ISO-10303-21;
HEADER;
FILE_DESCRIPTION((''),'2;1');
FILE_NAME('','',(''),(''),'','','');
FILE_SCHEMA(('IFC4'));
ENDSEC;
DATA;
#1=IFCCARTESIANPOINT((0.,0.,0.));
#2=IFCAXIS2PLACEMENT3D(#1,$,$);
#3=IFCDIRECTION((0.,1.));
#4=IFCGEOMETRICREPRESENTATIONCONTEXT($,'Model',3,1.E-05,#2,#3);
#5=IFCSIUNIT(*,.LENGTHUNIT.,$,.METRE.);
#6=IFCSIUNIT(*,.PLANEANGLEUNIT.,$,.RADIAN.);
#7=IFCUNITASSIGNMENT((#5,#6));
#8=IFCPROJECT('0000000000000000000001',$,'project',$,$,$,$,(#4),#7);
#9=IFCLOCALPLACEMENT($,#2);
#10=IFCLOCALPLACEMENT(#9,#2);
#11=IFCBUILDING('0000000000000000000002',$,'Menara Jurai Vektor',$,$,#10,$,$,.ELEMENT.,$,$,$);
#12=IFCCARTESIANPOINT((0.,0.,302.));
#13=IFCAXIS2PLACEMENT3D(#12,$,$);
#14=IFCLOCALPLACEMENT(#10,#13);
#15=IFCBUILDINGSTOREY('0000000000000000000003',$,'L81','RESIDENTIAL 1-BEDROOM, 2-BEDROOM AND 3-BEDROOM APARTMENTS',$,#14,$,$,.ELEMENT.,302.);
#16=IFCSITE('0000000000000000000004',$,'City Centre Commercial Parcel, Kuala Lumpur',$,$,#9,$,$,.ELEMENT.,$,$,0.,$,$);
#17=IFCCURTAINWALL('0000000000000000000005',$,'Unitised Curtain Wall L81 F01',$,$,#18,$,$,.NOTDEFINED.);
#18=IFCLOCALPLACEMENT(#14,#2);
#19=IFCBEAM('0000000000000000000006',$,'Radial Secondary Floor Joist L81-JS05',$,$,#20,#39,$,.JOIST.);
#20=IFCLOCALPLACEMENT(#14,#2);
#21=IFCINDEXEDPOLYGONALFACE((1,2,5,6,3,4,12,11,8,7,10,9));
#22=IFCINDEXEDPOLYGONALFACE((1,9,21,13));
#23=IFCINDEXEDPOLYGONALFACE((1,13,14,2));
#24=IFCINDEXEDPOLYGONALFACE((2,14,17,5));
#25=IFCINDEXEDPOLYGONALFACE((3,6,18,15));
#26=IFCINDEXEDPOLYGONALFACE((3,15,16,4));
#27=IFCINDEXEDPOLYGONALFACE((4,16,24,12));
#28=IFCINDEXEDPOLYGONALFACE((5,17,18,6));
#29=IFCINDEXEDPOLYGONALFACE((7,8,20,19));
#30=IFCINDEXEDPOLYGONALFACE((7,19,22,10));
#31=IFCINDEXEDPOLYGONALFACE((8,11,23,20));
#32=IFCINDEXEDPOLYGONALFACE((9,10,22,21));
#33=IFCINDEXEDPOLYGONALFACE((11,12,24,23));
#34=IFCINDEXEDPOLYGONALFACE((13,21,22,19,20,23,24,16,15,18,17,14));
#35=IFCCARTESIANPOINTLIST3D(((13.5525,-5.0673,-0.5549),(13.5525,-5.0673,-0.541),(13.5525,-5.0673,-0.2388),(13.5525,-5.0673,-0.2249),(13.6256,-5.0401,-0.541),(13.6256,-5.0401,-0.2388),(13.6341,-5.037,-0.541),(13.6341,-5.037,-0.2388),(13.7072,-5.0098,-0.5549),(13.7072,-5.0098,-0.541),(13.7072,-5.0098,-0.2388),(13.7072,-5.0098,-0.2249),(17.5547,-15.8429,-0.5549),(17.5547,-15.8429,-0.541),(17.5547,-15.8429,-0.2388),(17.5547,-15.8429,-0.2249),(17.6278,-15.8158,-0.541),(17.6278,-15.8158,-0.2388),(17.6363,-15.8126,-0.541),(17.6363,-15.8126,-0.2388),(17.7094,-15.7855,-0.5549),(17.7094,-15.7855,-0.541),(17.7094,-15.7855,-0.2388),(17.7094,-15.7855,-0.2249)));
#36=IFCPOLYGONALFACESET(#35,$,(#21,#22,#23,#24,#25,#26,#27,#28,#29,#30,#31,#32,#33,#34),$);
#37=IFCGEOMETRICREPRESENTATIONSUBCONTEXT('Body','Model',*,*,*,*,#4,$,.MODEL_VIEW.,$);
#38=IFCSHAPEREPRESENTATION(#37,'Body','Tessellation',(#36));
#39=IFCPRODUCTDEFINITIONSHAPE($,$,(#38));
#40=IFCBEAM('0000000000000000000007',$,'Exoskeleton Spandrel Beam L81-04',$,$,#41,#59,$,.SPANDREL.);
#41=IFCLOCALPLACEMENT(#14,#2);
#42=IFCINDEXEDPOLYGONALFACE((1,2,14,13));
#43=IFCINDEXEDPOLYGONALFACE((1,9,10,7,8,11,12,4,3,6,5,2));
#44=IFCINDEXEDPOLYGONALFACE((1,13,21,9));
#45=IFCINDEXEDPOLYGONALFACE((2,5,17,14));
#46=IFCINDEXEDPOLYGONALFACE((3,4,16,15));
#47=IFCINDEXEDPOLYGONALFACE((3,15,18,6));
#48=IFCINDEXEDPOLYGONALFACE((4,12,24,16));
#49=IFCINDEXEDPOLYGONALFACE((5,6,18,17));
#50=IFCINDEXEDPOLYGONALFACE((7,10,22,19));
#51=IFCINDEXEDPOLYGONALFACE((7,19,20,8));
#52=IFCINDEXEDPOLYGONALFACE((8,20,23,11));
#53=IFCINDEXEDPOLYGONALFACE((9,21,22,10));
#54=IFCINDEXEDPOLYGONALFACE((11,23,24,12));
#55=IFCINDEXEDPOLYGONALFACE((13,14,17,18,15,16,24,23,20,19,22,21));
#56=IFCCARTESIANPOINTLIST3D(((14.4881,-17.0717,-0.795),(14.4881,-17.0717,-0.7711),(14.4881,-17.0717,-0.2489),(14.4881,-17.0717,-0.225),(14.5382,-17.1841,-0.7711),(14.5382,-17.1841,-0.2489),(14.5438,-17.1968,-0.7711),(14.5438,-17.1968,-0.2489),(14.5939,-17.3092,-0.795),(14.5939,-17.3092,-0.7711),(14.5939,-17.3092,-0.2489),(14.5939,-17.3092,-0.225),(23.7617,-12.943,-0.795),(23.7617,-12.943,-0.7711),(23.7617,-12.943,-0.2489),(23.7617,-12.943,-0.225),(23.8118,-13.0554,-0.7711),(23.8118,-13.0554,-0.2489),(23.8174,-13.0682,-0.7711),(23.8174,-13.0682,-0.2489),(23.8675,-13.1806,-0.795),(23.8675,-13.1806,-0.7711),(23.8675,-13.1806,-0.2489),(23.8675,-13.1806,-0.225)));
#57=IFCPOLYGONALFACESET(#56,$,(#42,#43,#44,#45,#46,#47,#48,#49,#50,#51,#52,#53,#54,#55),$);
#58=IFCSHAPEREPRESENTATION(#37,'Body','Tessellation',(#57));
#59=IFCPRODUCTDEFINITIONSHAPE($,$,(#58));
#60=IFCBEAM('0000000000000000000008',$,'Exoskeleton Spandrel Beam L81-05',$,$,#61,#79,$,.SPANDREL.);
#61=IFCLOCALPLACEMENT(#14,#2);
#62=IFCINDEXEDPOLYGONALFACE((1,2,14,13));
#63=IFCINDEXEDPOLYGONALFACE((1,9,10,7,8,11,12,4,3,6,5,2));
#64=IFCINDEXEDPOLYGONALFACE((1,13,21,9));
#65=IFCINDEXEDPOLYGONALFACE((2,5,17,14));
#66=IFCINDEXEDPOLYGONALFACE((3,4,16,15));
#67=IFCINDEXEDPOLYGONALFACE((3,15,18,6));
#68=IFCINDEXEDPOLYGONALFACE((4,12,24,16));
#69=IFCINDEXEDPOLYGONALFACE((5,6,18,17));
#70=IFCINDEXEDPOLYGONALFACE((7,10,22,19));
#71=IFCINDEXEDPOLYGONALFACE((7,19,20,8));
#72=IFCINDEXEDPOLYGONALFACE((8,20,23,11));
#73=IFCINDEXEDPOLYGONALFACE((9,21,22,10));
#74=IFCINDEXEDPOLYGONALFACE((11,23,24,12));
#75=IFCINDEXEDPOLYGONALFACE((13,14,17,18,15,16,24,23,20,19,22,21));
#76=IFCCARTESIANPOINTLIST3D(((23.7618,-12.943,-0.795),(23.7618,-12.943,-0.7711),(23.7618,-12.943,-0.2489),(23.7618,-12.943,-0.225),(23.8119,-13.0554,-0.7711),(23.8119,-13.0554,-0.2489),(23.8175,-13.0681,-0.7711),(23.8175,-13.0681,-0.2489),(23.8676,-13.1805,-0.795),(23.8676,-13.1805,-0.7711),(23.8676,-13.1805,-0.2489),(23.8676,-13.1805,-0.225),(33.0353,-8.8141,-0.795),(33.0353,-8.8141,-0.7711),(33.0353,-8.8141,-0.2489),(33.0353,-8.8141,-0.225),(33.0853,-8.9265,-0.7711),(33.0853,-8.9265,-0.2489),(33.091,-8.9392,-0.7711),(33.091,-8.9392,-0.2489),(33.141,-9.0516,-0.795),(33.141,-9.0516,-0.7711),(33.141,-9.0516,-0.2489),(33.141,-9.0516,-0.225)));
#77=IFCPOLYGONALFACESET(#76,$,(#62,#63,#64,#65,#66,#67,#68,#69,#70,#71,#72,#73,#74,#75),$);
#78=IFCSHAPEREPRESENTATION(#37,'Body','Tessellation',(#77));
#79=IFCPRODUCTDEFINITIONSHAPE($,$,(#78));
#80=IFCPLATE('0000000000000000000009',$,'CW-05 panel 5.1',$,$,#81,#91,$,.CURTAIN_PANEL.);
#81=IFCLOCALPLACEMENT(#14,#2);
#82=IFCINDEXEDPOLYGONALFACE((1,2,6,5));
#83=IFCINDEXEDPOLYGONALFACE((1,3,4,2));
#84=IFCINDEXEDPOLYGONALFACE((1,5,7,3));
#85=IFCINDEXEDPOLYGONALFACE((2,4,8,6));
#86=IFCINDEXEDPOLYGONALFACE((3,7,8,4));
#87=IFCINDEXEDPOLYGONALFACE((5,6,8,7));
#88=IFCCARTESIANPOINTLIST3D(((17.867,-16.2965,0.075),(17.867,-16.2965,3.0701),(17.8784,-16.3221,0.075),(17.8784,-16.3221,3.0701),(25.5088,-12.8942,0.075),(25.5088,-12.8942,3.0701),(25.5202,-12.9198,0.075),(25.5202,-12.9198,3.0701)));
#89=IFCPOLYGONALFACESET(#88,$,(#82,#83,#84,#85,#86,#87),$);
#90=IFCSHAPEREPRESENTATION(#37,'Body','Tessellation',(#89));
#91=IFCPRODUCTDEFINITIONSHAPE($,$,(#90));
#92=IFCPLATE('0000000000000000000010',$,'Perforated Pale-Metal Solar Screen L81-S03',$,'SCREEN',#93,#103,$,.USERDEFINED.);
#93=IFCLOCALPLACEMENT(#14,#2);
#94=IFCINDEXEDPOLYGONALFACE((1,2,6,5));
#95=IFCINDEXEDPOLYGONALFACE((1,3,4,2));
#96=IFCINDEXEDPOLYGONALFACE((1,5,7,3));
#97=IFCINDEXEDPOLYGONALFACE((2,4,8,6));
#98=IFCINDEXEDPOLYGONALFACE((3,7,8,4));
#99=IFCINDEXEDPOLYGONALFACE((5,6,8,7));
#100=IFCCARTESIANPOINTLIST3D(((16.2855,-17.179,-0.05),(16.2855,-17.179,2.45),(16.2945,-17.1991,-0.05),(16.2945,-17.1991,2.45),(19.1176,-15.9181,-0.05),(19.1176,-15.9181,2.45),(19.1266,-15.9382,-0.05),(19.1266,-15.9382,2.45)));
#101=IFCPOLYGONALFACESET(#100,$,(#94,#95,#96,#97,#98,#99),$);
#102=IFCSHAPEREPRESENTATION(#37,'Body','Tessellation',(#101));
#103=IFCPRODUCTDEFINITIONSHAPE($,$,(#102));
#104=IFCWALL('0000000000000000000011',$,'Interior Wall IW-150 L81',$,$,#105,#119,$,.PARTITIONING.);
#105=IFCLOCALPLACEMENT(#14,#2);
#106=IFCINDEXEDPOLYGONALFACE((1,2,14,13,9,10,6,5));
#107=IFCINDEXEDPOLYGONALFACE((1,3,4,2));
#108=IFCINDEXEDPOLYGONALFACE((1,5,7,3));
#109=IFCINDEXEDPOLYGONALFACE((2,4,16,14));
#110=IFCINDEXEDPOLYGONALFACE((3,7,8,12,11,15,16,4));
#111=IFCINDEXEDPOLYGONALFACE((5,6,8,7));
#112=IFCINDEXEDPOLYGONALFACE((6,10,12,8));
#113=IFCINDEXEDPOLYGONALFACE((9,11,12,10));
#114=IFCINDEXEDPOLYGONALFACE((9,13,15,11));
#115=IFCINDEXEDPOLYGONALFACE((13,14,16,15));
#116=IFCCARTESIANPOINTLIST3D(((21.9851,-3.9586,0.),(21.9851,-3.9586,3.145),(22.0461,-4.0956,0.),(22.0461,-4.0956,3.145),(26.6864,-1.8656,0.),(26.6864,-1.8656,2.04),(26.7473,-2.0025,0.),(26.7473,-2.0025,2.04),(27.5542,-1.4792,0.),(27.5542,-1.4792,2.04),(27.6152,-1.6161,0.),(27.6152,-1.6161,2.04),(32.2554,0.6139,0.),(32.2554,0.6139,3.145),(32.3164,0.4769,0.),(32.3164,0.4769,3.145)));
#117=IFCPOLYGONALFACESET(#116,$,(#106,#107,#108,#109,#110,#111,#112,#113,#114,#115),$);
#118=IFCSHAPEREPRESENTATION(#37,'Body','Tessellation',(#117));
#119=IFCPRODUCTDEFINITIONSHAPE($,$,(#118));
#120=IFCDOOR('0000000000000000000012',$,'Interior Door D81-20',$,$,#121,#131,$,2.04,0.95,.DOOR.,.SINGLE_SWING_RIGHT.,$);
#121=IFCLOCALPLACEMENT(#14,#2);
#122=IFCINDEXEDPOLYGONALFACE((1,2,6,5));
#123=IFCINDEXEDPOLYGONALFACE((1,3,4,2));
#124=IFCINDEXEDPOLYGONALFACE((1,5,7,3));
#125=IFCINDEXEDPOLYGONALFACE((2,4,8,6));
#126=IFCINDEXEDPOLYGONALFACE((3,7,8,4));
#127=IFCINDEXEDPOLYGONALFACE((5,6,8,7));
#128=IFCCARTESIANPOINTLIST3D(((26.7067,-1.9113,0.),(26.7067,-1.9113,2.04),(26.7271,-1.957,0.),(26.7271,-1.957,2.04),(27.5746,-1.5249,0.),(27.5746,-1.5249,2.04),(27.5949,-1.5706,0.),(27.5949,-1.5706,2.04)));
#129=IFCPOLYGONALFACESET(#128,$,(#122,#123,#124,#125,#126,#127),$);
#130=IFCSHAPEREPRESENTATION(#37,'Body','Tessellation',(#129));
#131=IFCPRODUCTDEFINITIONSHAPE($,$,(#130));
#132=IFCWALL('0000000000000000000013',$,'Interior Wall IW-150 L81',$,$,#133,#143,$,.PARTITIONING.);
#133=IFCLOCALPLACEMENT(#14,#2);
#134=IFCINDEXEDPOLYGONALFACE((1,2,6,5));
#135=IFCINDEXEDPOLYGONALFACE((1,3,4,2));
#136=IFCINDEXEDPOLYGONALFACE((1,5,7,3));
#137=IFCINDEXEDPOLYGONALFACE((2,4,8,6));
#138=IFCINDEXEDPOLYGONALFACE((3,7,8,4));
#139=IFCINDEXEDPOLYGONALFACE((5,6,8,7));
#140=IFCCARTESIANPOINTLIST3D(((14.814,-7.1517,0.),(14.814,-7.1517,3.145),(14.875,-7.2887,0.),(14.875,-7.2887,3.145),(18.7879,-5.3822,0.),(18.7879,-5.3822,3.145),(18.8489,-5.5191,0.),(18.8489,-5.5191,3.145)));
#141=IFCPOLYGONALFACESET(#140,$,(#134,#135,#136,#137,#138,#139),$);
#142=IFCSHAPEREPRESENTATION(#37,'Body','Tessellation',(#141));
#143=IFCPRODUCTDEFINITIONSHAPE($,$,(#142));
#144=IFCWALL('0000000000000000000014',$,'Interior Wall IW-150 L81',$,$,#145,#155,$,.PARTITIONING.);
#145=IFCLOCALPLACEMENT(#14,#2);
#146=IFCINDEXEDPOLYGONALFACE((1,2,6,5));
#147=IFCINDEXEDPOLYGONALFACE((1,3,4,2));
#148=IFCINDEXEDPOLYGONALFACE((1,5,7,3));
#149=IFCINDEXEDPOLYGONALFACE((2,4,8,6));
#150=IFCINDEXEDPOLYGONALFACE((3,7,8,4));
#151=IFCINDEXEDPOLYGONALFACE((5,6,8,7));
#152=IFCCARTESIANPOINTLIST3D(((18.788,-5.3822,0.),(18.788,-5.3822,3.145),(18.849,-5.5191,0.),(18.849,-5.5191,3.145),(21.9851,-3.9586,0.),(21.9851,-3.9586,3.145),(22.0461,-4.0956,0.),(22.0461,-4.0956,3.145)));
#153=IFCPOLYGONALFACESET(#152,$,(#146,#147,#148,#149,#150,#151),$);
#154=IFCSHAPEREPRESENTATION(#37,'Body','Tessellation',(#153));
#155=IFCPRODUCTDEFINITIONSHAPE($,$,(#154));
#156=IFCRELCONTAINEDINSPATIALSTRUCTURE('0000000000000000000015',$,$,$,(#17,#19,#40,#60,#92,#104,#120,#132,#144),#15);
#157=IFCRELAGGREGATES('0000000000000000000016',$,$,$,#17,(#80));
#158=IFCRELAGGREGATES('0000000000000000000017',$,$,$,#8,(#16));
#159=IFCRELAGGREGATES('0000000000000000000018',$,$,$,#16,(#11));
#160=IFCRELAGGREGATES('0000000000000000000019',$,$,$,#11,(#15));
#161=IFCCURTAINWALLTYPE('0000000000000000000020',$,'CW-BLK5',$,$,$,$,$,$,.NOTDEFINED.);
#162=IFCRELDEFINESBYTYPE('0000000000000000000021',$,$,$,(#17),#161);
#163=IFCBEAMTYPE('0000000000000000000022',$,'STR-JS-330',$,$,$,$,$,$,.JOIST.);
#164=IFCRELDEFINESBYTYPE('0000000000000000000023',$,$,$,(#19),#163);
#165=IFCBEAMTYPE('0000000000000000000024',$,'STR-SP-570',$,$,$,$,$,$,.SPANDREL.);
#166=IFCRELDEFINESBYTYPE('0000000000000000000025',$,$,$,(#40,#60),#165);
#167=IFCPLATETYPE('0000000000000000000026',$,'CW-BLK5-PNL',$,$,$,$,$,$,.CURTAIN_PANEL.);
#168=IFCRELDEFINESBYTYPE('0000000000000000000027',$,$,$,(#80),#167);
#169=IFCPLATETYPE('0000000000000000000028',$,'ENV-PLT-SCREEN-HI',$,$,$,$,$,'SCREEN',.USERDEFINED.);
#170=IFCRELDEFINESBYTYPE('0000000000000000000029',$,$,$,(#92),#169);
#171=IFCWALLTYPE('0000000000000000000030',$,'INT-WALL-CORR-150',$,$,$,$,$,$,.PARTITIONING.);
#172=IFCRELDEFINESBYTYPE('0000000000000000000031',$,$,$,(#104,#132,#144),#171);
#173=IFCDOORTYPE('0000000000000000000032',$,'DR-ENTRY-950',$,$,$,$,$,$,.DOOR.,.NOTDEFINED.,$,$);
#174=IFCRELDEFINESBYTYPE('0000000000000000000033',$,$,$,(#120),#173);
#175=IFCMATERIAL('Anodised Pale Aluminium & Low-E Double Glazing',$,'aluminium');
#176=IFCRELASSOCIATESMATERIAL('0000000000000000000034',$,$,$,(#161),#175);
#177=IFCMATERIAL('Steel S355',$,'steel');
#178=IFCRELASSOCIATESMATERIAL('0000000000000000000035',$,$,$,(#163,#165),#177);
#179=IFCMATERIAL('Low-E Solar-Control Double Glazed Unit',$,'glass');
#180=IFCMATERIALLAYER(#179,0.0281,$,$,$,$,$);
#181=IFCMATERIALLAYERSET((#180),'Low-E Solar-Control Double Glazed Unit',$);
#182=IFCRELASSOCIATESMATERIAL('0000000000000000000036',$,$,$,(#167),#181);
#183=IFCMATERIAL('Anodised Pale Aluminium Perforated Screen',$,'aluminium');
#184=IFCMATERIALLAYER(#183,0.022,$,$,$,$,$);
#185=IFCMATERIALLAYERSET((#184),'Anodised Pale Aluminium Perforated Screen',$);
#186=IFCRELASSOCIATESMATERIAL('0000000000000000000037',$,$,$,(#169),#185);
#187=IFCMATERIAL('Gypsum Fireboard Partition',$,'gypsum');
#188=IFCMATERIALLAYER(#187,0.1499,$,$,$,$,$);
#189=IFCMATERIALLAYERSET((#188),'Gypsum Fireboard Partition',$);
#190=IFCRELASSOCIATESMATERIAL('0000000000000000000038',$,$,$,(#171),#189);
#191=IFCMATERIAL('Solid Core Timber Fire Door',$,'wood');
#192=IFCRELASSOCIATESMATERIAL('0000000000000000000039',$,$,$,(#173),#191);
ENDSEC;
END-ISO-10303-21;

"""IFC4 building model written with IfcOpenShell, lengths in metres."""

from ifc_helpers import new_model, si_unit, direction, frame, frame_2d, origin, origin_2d, place, context, subcontext, project, spatial, rectangle, i_section, extrude, material, layer, layer_set, material_profile, profile_set, type_object, element, fill, aggregate, save


model = new_model("IFC4")

# Units and contexts
model_context = context("Model", 3, precision=1e-05, world=origin(), true_north=direction((0.0, 1.0)))
body_context = subcontext(model_context, "Body", "Model", "MODEL_VIEW")
ifc_project = project(units=[si_unit("LENGTHUNIT", "METRE"), si_unit("PLANEANGLEUNIT", "RADIAN")], contexts=[model_context])

# Site, building, storey
site_placement = place(None, origin())
site = spatial("IfcSite", under=ifc_project, at=site_placement, Name="City Centre Commercial Parcel, Kuala Lumpur", CompositionType="ELEMENT", RefElevation=0.0)
building_placement = place(site_placement, origin())
building = spatial("IfcBuilding", under=site, at=building_placement, Name="Menara Jurai Vektor", CompositionType="ELEMENT")
storey_placement = place(building_placement, frame((0.0, 0.0, 302.0)))
storey = spatial("IfcBuildingStorey", under=building, at=storey_placement, Name="L81", Description="RESIDENTIAL 1-BEDROOM, 2-BEDROOM AND 3-BEDROOM APARTMENTS", CompositionType="ELEMENT", Elevation=302.0)

# Curtain wall
ifc_material_1 = material(Name="Anodised Pale Aluminium & Low-E Double Glazing", Category="aluminium")
curtain_wall_type = type_object("IfcCurtainWallType", Name="CW-BLK5", PredefinedType="NOTDEFINED", material=ifc_material_1)
curtain_wall_placement = place(storey_placement, origin())
curtain_wall = element("IfcCurtainWall", 1, at=curtain_wall_placement, inside=storey, type_object=curtain_wall_type, Name="Unitised Curtain Wall L81 F01", PredefinedType="NOTDEFINED")

# Beams
ifc_material_2 = material(Name="Steel S355", Category="steel")
ifc_material_profile_1 = material_profile(ifc_material_2, i_section(OverallWidth=0.165, OverallDepth=0.3301, WebThickness=0.009, FlangeThickness=0.0139, at=origin_2d()), Name="PG 330x165x46")
ifc_profile_set_1 = profile_set([ifc_material_profile_1], Name="Steel S355")
beam_type_1 = type_object("IfcBeamType", Name="STR-JS-330", PredefinedType="JOIST", material=ifc_profile_set_1)
beam_1_placement = place(storey_placement, frame((17.6321, -15.8142, -0.3899), z_axis=(-0.348173, 0.93743, 0.0), x_axis=(-0.93743, -0.348173, 0.0)))
element("IfcBeam", 2, at=beam_1_placement, inside=storey, type_object=beam_type_1, Name="Radial Secondary Floor Joist L81-JS05", PredefinedType="JOIST", context=body_context, shape_type="SweptSolid", body=[
    extrude(i_section(OverallWidth=0.165, OverallDepth=0.3301, WebThickness=0.009, FlangeThickness=0.0139, at=origin_2d()), origin(), (0.0, 0.0, 1.0), 11.4949),
])
ifc_material_profile_2 = material_profile(ifc_material_2, i_section(OverallWidth=0.26, OverallDepth=0.5701, WebThickness=0.0139, FlangeThickness=0.0239, at=origin_2d()), Name="PG 570x260x145")
ifc_profile_set_2 = profile_set([ifc_material_profile_2], Name="Steel S355")
beam_type_2 = type_object("IfcBeamType", Name="STR-SP-570", PredefinedType="SPANDREL", material=ifc_profile_set_2)
for number, where, z_axis, x_axis, name in (
    (3, (14.541, -17.1904, -0.51), (0.913554, 0.406716, 0.0), (-0.406716, 0.913554, 0.0), "Exoskeleton Spandrel Beam L81-04"),
    (4, (23.8147, -13.0618, -0.51), (0.913542, 0.406745, 0.0), (-0.406745, 0.913542, 0.0), "Exoskeleton Spandrel Beam L81-05"),
):
    element("IfcBeam", number, at=place(storey_placement, frame(where, z_axis=z_axis, x_axis=x_axis)), inside=storey, type_object=beam_type_2, Name=name, PredefinedType="SPANDREL", context=body_context, shape_type="SweptSolid", body=[
        extrude(i_section(OverallWidth=0.26, OverallDepth=0.5701, WebThickness=0.0139, FlangeThickness=0.0239, at=origin_2d()), origin(), (0.0, 0.0, 1.0), 10.1511),
    ])

# Plates
ifc_material_3 = material(Name="Low-E Solar-Control Double Glazed Unit", Category="glass")
ifc_layer_1 = layer(ifc_material_3, 0.0281)
ifc_layer_set_1 = layer_set([ifc_layer_1], Name="Low-E Solar-Control Double Glazed Unit")
plate_type_1 = type_object("IfcPlateType", Name="CW-BLK5-PNL", PredefinedType="CURTAIN_PANEL", material=ifc_layer_set_1)
plate_1_placement = place(storey_placement, frame((21.6936, -14.6082, 0.075), z_axis=(0.0, 0.0, 1.0), x_axis=(0.913546, 0.406735, 0.0)))
plate_1 = element("IfcPlate", 5, at=plate_1_placement, type_object=plate_type_1, Name="CW-05 panel 5.1", PredefinedType="CURTAIN_PANEL", context=body_context, shape_type="SweptSolid", body=[
    extrude(rectangle(XDim=8.365, YDim=0.0281, at=origin_2d()), origin(), (0.0, 0.0, 1.0), 2.9951),
])
aggregate(curtain_wall, [plate_1])
ifc_material_4 = material(Name="Anodised Pale Aluminium Perforated Screen", Category="aluminium")
ifc_layer_2 = layer(ifc_material_4, 0.022)
ifc_layer_set_2 = layer_set([ifc_layer_2], Name="Anodised Pale Aluminium Perforated Screen")
plate_type_2 = type_object("IfcPlateType", Name="ENV-PLT-SCREEN-HI", ElementType="SCREEN", PredefinedType="USERDEFINED", material=ifc_layer_set_2)
plate_2_placement = place(storey_placement, frame((17.7061, -16.5586, -0.05), z_axis=(0.0, 0.0, 1.0), x_axis=(0.913545, 0.406737, 0.0)))
element("IfcPlate", 6, at=plate_2_placement, inside=storey, type_object=plate_type_2, Name="Perforated Pale-Metal Solar Screen L81-S03", ObjectType="SCREEN", PredefinedType="USERDEFINED", context=body_context, shape_type="SweptSolid", body=[
    extrude(rectangle(XDim=3.1001, YDim=0.022, at=origin_2d()), origin(), (0.0, 0.0, 1.0), 2.5),
])

# Wall, opening, door
ifc_material_5 = material(Name="Gypsum Fireboard Partition", Category="gypsum")
ifc_layer_3 = layer(ifc_material_5, 0.1499)
ifc_layer_set_3 = layer_set([ifc_layer_3], Name="Gypsum Fireboard Partition")
wall_type_1 = type_object("IfcWallType", Name="INT-WALL-CORR-150", PredefinedType="PARTITIONING", material=ifc_layer_set_3)
wall_1_placement = place(storey_placement, frame((22.0156, -4.0271, 0.0), z_axis=(0.0, 0.0, 1.0), x_axis=(0.913549, 0.406729, 0.0)))
wall_1 = element("IfcWall", 7, at=wall_1_placement, inside=storey, type_object=wall_type_1, Name="Interior Wall IW-150 L81", PredefinedType="PARTITIONING", context=body_context, shape_type="SweptSolid", body=[
    extrude(rectangle(XDim=11.2422, YDim=0.1499, at=frame_2d((5.6211, 0.0))), origin(), (0.0, 0.0, 1.0), 3.145),
])
opening_1_placement = place(wall_1_placement, frame((5.146, 0.0, 0.0)))
opening_1 = element("IfcOpeningElement", 8, at=opening_1_placement, cuts=wall_1, PredefinedType="OPENING", context=body_context, shape_type="SweptSolid", body=[
    extrude(rectangle(XDim=0.95, YDim=2.04, at=frame_2d((0.4751, 1.02))), frame((0.0, 0.085, 0.0), z_axis=(0.0, -1.0, 0.0), x_axis=(1.0, 0.0, 0.0)), (0.0, 0.0, 1.0), 0.1699),
])
ifc_material_6 = material(Name="Solid Core Timber Fire Door", Category="wood")
door_type_1 = type_object("IfcDoorType", Name="DR-ENTRY-950", OperationType="NOTDEFINED", PredefinedType="DOOR", material=ifc_material_6)
door_1_placement = place(opening_1_placement, origin())
door_1 = element("IfcDoor", 9, at=door_1_placement, inside=storey, type_object=door_type_1, Name="Interior Door D81-20", OperationType="SINGLE_SWING_RIGHT", OverallHeight=2.04, OverallWidth=0.95, PredefinedType="DOOR", context=body_context, shape_type="SweptSolid", body=[
    extrude(rectangle(XDim=0.95, YDim=2.04, at=frame_2d((0.4751, 1.02))), frame((0.0, 0.0249, 0.0), z_axis=(0.0, -1.0, 0.0), x_axis=(1.0, 0.0, 0.0)), (0.0, 0.0, 1.0), 0.05),
])
fill(opening_1, door_1)

# Walls
wall_2_placement = place(storey_placement, frame((14.8445, -7.2202, 0.0), z_axis=(0.0, 0.0, 1.0), x_axis=(0.913524, 0.406784, 0.0)))
element("IfcWall", 10, at=wall_2_placement, inside=storey, type_object=wall_type_1, Name="Interior Wall IW-150 L81", PredefinedType="PARTITIONING", context=body_context, shape_type="SweptSolid", body=[
    extrude(rectangle(XDim=4.3501, YDim=0.1499, at=frame_2d((2.175, 0.0))), origin(), (0.0, 0.0, 1.0), 3.145),
])
wall_3_placement = place(storey_placement, frame((18.8184, -5.4507, 0.0), z_axis=(0.0, 0.0, 1.0), x_axis=(0.913538, 0.406753, 0.0)))
element("IfcWall", 11, at=wall_3_placement, inside=storey, type_object=wall_type_1, Name="Interior Wall IW-150 L81", PredefinedType="PARTITIONING", context=body_context, shape_type="SweptSolid", body=[
    extrude(rectangle(XDim=3.4998, YDim=0.1499, at=frame_2d((1.75, 0.0))), origin(), (0.0, 0.0, 1.0), 3.145),
])

save(model, "model.ifc")
